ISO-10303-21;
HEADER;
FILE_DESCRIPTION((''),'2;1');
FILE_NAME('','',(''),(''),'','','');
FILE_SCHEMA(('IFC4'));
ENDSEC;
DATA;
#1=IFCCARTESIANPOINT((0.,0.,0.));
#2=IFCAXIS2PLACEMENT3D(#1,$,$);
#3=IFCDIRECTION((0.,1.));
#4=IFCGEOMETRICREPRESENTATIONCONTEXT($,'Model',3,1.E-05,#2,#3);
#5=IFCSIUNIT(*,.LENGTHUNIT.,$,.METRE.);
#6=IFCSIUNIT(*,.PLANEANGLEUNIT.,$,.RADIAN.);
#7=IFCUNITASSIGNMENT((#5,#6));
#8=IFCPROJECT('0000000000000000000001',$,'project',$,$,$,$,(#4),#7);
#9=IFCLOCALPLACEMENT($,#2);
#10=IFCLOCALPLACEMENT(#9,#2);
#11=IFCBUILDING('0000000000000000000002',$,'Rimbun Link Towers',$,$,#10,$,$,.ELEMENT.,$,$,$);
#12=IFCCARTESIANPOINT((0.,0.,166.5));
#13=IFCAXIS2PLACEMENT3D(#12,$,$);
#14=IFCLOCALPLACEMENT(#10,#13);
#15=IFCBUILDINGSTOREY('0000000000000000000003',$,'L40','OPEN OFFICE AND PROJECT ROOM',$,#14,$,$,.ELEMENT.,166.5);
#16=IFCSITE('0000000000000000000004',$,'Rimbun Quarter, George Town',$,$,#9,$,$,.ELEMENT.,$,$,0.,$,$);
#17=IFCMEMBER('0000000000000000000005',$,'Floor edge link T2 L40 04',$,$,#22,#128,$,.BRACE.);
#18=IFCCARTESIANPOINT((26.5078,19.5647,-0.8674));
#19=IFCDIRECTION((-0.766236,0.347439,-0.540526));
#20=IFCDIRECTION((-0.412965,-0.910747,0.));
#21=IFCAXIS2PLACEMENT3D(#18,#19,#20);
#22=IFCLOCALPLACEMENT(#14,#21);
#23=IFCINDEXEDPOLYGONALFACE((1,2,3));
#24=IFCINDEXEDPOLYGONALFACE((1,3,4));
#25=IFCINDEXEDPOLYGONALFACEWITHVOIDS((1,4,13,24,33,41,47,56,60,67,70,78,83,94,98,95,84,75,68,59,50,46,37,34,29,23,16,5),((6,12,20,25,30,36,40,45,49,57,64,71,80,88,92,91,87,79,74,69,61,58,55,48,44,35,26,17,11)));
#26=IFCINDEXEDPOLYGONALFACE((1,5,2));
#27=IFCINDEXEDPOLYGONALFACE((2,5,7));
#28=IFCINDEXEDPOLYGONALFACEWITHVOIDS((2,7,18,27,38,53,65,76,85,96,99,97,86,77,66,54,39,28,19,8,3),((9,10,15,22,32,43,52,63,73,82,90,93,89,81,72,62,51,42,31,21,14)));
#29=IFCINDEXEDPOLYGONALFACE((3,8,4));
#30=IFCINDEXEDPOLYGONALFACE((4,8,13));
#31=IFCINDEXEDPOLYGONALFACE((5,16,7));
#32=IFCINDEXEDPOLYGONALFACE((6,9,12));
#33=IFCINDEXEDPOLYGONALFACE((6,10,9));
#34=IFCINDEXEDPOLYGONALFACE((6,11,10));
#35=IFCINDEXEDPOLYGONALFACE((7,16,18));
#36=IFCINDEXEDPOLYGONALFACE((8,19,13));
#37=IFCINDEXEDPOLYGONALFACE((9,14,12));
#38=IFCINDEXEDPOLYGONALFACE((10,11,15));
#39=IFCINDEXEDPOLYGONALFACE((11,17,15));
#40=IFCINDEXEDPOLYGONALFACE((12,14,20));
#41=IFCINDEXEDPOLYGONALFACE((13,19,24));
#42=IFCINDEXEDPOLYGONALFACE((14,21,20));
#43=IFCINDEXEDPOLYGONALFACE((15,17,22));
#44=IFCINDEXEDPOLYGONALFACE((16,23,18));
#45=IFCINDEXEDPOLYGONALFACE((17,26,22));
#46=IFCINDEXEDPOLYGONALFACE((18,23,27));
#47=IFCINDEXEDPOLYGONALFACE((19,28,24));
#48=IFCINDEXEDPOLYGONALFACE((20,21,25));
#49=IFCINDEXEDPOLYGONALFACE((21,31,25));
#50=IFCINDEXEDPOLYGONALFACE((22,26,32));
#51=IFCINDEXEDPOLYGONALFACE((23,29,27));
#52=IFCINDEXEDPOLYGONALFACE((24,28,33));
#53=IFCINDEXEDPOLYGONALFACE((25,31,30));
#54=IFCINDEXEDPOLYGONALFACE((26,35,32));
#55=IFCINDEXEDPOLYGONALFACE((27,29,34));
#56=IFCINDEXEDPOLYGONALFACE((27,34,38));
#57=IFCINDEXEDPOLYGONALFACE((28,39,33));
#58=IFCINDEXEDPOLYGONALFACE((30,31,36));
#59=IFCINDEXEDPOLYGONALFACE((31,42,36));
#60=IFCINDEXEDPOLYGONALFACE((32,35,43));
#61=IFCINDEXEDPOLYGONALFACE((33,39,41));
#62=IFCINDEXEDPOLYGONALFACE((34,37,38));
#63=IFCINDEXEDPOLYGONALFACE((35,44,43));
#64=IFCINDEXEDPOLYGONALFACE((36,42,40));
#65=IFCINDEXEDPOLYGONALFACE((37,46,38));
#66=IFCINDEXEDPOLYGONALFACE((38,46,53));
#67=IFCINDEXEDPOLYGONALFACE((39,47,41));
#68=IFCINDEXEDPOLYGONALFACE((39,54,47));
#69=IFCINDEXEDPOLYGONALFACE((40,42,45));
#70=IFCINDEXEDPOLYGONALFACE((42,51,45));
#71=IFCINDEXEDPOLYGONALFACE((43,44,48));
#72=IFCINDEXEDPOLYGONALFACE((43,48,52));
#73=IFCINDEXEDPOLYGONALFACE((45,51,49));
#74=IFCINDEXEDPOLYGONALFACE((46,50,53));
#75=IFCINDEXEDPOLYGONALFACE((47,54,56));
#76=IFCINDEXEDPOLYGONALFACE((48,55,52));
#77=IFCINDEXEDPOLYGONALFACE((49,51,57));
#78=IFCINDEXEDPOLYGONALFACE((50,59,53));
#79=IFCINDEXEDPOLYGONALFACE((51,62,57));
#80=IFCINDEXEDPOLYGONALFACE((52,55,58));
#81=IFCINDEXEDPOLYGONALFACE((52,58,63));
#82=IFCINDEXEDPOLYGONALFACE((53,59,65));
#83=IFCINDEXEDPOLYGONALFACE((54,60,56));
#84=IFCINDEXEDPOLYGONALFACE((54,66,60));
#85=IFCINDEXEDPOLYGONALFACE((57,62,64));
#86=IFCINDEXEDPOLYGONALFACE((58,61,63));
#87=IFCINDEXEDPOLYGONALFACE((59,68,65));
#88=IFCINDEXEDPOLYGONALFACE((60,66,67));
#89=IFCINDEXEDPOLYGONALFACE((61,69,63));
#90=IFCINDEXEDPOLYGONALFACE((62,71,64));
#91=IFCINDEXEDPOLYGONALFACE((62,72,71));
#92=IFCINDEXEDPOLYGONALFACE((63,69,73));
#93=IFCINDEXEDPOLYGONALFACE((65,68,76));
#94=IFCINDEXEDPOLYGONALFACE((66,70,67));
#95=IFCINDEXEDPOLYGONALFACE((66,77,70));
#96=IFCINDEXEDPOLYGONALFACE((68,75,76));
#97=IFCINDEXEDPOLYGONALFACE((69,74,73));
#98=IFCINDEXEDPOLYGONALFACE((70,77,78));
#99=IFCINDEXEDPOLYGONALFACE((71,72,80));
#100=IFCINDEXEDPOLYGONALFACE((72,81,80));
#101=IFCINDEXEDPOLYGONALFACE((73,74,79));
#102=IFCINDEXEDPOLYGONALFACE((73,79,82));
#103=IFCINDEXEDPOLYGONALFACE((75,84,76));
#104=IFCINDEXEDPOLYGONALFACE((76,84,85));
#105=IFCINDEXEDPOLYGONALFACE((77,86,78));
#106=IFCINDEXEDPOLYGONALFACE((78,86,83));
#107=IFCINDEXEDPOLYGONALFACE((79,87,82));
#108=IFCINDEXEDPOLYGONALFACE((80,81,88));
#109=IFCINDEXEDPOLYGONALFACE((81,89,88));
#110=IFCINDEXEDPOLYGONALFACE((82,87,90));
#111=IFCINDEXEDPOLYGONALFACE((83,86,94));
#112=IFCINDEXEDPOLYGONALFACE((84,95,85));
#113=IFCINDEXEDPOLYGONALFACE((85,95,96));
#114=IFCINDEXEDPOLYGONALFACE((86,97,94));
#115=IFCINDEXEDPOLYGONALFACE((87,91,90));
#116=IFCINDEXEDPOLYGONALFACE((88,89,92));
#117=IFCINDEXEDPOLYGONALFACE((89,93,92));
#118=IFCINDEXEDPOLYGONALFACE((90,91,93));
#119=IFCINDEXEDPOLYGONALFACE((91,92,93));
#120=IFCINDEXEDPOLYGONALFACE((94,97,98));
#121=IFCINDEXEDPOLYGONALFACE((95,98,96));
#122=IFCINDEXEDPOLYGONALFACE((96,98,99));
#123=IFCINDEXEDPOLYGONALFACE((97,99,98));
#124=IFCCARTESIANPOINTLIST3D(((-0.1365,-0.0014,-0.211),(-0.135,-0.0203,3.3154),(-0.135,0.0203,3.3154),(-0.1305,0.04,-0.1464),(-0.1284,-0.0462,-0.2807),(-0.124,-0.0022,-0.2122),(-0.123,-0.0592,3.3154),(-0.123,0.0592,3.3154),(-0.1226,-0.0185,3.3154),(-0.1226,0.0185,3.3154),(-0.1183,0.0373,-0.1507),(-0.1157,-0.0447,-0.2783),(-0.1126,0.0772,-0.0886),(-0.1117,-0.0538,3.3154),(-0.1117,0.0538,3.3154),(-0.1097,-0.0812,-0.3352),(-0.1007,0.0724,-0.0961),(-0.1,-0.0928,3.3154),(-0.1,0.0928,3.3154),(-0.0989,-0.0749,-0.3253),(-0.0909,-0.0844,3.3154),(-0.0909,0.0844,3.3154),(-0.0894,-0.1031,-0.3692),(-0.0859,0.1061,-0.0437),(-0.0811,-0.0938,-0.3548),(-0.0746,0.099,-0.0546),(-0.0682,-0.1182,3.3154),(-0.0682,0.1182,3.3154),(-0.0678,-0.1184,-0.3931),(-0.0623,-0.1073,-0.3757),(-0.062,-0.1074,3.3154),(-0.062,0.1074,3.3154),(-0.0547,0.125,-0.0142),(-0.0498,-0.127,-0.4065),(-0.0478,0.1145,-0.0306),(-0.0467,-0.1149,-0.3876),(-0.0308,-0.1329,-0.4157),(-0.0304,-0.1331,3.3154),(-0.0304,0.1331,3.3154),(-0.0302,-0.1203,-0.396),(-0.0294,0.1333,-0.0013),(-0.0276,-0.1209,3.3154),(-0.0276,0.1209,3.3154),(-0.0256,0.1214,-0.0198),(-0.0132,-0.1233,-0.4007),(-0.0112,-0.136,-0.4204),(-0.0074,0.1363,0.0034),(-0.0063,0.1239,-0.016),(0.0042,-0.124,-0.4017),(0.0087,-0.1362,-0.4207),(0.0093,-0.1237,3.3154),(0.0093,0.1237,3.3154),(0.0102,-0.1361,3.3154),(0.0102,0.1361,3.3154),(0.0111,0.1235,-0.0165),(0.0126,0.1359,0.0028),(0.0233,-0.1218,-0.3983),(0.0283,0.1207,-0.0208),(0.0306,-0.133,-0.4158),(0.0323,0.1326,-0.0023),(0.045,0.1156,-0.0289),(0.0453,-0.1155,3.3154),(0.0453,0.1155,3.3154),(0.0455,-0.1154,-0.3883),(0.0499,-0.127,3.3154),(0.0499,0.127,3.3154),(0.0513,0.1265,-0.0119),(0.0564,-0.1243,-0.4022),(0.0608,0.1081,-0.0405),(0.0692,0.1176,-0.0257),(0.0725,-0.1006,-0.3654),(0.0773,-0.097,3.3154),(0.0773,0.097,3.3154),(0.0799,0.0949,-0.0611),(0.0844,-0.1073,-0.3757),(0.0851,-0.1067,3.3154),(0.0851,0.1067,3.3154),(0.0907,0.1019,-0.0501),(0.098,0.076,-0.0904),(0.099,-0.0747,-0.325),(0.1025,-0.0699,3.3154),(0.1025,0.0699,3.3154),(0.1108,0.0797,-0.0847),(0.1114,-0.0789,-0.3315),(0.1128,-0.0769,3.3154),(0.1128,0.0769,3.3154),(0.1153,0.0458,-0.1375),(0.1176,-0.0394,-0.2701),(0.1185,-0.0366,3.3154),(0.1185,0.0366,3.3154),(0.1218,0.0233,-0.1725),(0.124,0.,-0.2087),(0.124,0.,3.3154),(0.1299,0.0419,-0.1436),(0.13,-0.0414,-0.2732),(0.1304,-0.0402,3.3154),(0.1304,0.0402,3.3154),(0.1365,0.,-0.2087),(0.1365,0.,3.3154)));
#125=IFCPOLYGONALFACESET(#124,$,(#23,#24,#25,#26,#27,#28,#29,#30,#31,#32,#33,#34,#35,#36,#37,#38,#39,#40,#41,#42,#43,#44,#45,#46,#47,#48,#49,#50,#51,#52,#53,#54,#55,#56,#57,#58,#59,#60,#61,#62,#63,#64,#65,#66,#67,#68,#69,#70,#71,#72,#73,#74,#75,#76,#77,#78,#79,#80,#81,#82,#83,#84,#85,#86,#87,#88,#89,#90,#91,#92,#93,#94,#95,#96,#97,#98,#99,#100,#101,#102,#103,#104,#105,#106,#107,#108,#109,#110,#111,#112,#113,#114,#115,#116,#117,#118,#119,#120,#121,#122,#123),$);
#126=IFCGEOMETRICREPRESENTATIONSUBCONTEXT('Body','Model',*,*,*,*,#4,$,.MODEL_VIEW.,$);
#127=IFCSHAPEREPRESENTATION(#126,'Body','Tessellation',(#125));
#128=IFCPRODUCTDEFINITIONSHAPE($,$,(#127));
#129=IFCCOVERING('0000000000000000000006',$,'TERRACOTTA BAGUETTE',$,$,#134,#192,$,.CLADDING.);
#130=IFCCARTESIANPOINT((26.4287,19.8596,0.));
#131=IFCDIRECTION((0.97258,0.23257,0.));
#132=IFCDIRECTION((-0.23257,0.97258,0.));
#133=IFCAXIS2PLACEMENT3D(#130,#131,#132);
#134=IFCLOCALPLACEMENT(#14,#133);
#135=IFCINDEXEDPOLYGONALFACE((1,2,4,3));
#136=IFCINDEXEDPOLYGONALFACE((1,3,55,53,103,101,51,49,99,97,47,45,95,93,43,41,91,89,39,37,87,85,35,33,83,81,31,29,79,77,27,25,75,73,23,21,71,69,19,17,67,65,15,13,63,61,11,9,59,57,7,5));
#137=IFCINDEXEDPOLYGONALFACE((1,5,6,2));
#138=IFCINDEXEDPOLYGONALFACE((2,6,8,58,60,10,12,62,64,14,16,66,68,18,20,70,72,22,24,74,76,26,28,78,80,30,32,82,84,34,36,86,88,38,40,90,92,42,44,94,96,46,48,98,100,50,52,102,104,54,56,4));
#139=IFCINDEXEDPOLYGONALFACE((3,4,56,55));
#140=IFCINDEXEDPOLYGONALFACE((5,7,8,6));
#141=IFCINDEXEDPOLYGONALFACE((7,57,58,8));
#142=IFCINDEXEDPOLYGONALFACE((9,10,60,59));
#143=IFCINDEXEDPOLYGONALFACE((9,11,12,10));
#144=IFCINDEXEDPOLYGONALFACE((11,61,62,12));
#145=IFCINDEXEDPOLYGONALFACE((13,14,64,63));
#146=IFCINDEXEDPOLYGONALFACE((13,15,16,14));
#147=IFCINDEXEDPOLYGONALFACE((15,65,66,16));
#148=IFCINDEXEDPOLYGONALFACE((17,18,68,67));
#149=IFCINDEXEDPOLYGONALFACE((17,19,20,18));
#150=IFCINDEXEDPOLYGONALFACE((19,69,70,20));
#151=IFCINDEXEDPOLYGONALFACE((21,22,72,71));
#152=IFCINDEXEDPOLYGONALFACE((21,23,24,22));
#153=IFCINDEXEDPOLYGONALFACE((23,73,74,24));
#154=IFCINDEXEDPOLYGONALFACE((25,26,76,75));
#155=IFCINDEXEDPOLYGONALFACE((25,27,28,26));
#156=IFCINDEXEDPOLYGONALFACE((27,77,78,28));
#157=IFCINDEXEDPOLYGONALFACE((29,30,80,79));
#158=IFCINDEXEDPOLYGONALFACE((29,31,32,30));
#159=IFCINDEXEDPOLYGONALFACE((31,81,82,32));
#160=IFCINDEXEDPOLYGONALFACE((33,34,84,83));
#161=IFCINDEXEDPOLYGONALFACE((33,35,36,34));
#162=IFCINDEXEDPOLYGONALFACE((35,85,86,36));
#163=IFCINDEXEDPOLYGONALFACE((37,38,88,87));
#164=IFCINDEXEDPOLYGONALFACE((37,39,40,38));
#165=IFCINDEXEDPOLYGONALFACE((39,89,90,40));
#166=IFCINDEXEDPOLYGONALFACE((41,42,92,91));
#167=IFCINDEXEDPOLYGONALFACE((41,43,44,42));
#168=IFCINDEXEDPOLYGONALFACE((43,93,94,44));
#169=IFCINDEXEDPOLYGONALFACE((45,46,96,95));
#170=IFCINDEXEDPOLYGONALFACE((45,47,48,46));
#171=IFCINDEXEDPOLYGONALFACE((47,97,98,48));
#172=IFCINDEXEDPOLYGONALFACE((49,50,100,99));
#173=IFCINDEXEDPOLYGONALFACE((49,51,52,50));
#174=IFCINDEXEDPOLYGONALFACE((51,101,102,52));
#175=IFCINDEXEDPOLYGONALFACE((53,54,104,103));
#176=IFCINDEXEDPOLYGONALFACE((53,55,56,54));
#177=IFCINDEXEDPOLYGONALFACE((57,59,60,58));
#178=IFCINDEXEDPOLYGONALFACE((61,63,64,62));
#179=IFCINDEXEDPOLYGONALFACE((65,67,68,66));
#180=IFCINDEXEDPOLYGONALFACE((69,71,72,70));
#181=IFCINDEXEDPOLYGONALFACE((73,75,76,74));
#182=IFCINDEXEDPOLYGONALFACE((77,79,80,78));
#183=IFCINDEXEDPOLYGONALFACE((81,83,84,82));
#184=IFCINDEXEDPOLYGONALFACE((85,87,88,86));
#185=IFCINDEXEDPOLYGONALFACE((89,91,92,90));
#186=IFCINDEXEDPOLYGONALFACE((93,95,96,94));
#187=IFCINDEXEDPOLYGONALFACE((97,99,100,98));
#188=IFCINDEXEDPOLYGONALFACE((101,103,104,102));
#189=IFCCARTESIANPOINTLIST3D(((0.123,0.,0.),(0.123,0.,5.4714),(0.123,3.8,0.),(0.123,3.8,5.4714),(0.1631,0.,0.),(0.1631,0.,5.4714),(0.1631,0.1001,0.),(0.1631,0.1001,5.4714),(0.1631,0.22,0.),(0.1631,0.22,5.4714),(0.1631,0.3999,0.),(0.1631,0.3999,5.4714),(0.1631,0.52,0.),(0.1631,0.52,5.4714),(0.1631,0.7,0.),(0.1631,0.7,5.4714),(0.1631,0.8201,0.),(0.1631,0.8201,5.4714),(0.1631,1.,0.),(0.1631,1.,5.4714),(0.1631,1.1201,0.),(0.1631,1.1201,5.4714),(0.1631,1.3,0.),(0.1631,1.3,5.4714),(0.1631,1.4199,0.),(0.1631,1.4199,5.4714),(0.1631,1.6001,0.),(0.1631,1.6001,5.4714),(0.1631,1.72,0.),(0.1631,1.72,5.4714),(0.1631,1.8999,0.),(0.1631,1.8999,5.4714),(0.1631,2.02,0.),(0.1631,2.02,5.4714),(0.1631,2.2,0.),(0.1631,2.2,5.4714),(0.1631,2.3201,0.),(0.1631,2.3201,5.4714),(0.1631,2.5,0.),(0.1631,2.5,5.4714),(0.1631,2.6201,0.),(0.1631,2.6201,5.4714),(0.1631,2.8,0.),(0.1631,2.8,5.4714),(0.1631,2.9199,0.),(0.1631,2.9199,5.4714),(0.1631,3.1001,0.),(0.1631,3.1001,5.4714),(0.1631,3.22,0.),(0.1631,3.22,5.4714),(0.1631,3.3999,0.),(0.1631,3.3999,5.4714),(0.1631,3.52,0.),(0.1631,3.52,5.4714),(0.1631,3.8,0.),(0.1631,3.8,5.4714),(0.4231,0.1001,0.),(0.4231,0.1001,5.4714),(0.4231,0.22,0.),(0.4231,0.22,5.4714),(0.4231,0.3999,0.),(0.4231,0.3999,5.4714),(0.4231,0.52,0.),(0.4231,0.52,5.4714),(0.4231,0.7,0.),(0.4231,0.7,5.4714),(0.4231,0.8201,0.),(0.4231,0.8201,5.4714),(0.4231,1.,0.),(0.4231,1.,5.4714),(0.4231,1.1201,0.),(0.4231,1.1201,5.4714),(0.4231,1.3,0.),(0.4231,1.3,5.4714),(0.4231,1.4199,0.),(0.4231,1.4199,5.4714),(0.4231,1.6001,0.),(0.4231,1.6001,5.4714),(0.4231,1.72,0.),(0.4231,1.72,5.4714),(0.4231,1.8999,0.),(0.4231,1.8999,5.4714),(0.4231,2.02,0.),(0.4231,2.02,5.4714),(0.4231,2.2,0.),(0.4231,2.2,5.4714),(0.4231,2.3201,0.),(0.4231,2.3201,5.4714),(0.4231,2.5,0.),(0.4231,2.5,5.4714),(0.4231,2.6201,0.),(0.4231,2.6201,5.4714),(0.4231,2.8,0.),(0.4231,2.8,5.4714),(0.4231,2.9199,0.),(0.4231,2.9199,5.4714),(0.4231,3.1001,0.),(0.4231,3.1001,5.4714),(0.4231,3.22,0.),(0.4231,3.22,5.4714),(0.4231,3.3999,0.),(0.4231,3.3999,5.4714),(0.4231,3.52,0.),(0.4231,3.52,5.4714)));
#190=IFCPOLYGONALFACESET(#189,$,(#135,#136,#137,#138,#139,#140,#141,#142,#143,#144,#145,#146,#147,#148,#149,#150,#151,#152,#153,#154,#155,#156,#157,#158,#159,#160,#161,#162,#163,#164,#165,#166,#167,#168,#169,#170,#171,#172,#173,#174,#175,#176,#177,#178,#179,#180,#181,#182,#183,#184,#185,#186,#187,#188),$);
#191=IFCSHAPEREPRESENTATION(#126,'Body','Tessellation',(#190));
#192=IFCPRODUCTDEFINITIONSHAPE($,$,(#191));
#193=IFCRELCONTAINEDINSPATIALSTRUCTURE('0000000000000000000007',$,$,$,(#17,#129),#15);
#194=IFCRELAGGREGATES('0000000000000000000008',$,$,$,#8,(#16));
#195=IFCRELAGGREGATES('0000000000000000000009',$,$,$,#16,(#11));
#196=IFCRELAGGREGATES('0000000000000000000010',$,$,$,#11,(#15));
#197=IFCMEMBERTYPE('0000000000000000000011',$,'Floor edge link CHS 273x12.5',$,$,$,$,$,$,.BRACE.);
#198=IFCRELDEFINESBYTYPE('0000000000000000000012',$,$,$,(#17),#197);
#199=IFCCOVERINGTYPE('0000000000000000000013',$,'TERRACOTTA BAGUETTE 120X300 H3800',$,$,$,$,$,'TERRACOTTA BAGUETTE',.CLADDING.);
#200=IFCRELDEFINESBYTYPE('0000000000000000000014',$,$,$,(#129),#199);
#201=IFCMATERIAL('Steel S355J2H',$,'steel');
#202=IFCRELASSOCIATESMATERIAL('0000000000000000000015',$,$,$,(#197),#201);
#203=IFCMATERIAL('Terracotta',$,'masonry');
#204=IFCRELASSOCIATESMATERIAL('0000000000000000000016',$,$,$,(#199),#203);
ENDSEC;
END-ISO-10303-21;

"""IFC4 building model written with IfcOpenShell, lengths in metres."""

from ifc_helpers import new_model, si_unit, direction, frame, origin, origin_2d, place, context, subcontext, project, spatial, polyline, hollow_circle, outline, extrude, clip, halfspace, material, material_profile, profile_set, type_object, element, save


model = new_model("IFC4")

# Units and contexts
model_context = context("Model", 3, precision=1e-05, world=origin(), true_north=direction((0.0, 1.0)))
body_context = subcontext(model_context, "Body", "Model", "MODEL_VIEW")
ifc_project = project(units=[si_unit("LENGTHUNIT", "METRE"), si_unit("PLANEANGLEUNIT", "RADIAN")], contexts=[model_context])

# Site, building, storey
site_placement = place(None, origin())
site = spatial("IfcSite", under=ifc_project, at=site_placement, Name="Rimbun Quarter, George Town", CompositionType="ELEMENT", RefElevation=0.0)
building_placement = place(site_placement, origin())
building = spatial("IfcBuilding", under=site, at=building_placement, Name="Rimbun Link Towers", CompositionType="ELEMENT")
storey_placement = place(building_placement, frame((0.0, 0.0, 166.5)))
storey = spatial("IfcBuildingStorey", under=building, at=storey_placement, Name="L40", Description="OPEN OFFICE AND PROJECT ROOM", CompositionType="ELEMENT", Elevation=166.5)

# Member
ifc_material_1 = material(Name="Steel S355J2H", Category="steel")
ifc_material_profile_1 = material_profile(ifc_material_1, hollow_circle(Radius=0.1365, WallThickness=0.0125, at=origin_2d()), Name="CHS 273x12.5")
ifc_profile_set_1 = profile_set([ifc_material_profile_1], Name="Steel S355J2H")
member_type_1 = type_object("IfcMemberType", Name="Floor edge link CHS 273x12.5", PredefinedType="BRACE", material=ifc_profile_set_1)
member_1_placement = place(storey_placement, frame((26.5078, 19.5647, -0.8674), z_axis=(-0.766236, 0.347439, -0.540526), x_axis=(-0.412965, -0.910747, 0.0)))
element("IfcMember", 1, at=member_1_placement, inside=storey, type_object=member_type_1, Name="Floor edge link T2 L40 04", PredefinedType="BRACE", context=body_context, shape_type="Clipping", body=[
    clip(extrude(hollow_circle(Radius=0.1365, WallThickness=0.0125, at=origin_2d()), frame((0.0, 0.0, -0.4434)), (0.0, 0.0, 1.0), 3.7588), halfspace(frame((0.0, 0.0, -0.2087), z_axis=(0.0, 0.841327, -0.540526)), False)),
])

# Covering
ifc_material_2 = material(Name="Terracotta", Category="masonry")
ifc_material_profile_2 = material_profile(ifc_material_2, outline(polyline([(0.123, 0.0), (0.1631, 0.0), (0.1631, 0.1001), (0.4231, 0.1001), (0.4231, 0.22), (0.1631, 0.22), (0.1631, 0.3999), (0.4231, 0.3999), (0.4231, 0.52), (0.1631, 0.52), (0.1631, 0.7), (0.4231, 0.7), (0.4231, 0.8201), (0.1631, 0.8201), (0.1631, 1.0), (0.4231, 1.0), (0.4231, 1.1201), (0.1631, 1.1201), (0.1631, 1.3), (0.4231, 1.3), (0.4231, 1.4199), (0.1631, 1.4199), (0.1631, 1.6001), (0.4231, 1.6001), (0.4231, 1.72), (0.1631, 1.72), (0.1631, 1.8999), (0.4231, 1.8999), (0.4231, 2.02), (0.1631, 2.02), (0.1631, 2.2), (0.4231, 2.2), (0.4231, 2.3201), (0.1631, 2.3201), (0.1631, 2.5), (0.4231, 2.5), (0.4231, 2.6201), (0.1631, 2.6201), (0.1631, 2.8), (0.4231, 2.8), (0.4231, 2.9199), (0.1631, 2.9199), (0.1631, 3.1001), (0.4231, 3.1001), (0.4231, 3.22), (0.1631, 3.22), (0.1631, 3.3999), (0.4231, 3.3999), (0.4231, 3.52), (0.1631, 3.52), (0.1631, 3.8), (0.123, 3.8), (0.123, 0.0)])), Name="BAGUETTE 120X300")
ifc_profile_set_2 = profile_set([ifc_material_profile_2], Name="Terracotta")
covering_type = type_object("IfcCoveringType", Name="TERRACOTTA BAGUETTE 120X300 H3800", ElementType="TERRACOTTA BAGUETTE", PredefinedType="CLADDING", material=ifc_profile_set_2)
covering_1_placement = place(storey_placement, frame((26.4287, 19.8596, 0.0), z_axis=(0.97258, 0.23257, 0.0), x_axis=(-0.23257, 0.97258, 0.0)))
element("IfcCovering", 2, at=covering_1_placement, inside=storey, type_object=covering_type, Name="TERRACOTTA BAGUETTE", PredefinedType="CLADDING", context=body_context, shape_type="SweptSolid", body=[
    extrude(outline(polyline([(0.123, 0.0), (0.1631, 0.0), (0.1631, 0.1001), (0.4231, 0.1001), (0.4231, 0.22), (0.1631, 0.22), (0.1631, 0.3999), (0.4231, 0.3999), (0.4231, 0.52), (0.1631, 0.52), (0.1631, 0.7), (0.4231, 0.7), (0.4231, 0.8201), (0.1631, 0.8201), (0.1631, 1.0), (0.4231, 1.0), (0.4231, 1.1201), (0.1631, 1.1201), (0.1631, 1.3), (0.4231, 1.3), (0.4231, 1.4199), (0.1631, 1.4199), (0.1631, 1.6001), (0.4231, 1.6001), (0.4231, 1.72), (0.1631, 1.72), (0.1631, 1.8999), (0.4231, 1.8999), (0.4231, 2.02), (0.1631, 2.02), (0.1631, 2.2), (0.4231, 2.2), (0.4231, 2.3201), (0.1631, 2.3201), (0.1631, 2.5), (0.4231, 2.5), (0.4231, 2.6201), (0.1631, 2.6201), (0.1631, 2.8), (0.4231, 2.8), (0.4231, 2.9199), (0.1631, 2.9199), (0.1631, 3.1001), (0.4231, 3.1001), (0.4231, 3.22), (0.1631, 3.22), (0.1631, 3.3999), (0.4231, 3.3999), (0.4231, 3.52), (0.1631, 3.52), (0.1631, 3.8), (0.123, 3.8), (0.123, 0.0)])), origin(), (0.0, 0.0, 1.0), 5.4714),
])

save(model, "model.ifc")
